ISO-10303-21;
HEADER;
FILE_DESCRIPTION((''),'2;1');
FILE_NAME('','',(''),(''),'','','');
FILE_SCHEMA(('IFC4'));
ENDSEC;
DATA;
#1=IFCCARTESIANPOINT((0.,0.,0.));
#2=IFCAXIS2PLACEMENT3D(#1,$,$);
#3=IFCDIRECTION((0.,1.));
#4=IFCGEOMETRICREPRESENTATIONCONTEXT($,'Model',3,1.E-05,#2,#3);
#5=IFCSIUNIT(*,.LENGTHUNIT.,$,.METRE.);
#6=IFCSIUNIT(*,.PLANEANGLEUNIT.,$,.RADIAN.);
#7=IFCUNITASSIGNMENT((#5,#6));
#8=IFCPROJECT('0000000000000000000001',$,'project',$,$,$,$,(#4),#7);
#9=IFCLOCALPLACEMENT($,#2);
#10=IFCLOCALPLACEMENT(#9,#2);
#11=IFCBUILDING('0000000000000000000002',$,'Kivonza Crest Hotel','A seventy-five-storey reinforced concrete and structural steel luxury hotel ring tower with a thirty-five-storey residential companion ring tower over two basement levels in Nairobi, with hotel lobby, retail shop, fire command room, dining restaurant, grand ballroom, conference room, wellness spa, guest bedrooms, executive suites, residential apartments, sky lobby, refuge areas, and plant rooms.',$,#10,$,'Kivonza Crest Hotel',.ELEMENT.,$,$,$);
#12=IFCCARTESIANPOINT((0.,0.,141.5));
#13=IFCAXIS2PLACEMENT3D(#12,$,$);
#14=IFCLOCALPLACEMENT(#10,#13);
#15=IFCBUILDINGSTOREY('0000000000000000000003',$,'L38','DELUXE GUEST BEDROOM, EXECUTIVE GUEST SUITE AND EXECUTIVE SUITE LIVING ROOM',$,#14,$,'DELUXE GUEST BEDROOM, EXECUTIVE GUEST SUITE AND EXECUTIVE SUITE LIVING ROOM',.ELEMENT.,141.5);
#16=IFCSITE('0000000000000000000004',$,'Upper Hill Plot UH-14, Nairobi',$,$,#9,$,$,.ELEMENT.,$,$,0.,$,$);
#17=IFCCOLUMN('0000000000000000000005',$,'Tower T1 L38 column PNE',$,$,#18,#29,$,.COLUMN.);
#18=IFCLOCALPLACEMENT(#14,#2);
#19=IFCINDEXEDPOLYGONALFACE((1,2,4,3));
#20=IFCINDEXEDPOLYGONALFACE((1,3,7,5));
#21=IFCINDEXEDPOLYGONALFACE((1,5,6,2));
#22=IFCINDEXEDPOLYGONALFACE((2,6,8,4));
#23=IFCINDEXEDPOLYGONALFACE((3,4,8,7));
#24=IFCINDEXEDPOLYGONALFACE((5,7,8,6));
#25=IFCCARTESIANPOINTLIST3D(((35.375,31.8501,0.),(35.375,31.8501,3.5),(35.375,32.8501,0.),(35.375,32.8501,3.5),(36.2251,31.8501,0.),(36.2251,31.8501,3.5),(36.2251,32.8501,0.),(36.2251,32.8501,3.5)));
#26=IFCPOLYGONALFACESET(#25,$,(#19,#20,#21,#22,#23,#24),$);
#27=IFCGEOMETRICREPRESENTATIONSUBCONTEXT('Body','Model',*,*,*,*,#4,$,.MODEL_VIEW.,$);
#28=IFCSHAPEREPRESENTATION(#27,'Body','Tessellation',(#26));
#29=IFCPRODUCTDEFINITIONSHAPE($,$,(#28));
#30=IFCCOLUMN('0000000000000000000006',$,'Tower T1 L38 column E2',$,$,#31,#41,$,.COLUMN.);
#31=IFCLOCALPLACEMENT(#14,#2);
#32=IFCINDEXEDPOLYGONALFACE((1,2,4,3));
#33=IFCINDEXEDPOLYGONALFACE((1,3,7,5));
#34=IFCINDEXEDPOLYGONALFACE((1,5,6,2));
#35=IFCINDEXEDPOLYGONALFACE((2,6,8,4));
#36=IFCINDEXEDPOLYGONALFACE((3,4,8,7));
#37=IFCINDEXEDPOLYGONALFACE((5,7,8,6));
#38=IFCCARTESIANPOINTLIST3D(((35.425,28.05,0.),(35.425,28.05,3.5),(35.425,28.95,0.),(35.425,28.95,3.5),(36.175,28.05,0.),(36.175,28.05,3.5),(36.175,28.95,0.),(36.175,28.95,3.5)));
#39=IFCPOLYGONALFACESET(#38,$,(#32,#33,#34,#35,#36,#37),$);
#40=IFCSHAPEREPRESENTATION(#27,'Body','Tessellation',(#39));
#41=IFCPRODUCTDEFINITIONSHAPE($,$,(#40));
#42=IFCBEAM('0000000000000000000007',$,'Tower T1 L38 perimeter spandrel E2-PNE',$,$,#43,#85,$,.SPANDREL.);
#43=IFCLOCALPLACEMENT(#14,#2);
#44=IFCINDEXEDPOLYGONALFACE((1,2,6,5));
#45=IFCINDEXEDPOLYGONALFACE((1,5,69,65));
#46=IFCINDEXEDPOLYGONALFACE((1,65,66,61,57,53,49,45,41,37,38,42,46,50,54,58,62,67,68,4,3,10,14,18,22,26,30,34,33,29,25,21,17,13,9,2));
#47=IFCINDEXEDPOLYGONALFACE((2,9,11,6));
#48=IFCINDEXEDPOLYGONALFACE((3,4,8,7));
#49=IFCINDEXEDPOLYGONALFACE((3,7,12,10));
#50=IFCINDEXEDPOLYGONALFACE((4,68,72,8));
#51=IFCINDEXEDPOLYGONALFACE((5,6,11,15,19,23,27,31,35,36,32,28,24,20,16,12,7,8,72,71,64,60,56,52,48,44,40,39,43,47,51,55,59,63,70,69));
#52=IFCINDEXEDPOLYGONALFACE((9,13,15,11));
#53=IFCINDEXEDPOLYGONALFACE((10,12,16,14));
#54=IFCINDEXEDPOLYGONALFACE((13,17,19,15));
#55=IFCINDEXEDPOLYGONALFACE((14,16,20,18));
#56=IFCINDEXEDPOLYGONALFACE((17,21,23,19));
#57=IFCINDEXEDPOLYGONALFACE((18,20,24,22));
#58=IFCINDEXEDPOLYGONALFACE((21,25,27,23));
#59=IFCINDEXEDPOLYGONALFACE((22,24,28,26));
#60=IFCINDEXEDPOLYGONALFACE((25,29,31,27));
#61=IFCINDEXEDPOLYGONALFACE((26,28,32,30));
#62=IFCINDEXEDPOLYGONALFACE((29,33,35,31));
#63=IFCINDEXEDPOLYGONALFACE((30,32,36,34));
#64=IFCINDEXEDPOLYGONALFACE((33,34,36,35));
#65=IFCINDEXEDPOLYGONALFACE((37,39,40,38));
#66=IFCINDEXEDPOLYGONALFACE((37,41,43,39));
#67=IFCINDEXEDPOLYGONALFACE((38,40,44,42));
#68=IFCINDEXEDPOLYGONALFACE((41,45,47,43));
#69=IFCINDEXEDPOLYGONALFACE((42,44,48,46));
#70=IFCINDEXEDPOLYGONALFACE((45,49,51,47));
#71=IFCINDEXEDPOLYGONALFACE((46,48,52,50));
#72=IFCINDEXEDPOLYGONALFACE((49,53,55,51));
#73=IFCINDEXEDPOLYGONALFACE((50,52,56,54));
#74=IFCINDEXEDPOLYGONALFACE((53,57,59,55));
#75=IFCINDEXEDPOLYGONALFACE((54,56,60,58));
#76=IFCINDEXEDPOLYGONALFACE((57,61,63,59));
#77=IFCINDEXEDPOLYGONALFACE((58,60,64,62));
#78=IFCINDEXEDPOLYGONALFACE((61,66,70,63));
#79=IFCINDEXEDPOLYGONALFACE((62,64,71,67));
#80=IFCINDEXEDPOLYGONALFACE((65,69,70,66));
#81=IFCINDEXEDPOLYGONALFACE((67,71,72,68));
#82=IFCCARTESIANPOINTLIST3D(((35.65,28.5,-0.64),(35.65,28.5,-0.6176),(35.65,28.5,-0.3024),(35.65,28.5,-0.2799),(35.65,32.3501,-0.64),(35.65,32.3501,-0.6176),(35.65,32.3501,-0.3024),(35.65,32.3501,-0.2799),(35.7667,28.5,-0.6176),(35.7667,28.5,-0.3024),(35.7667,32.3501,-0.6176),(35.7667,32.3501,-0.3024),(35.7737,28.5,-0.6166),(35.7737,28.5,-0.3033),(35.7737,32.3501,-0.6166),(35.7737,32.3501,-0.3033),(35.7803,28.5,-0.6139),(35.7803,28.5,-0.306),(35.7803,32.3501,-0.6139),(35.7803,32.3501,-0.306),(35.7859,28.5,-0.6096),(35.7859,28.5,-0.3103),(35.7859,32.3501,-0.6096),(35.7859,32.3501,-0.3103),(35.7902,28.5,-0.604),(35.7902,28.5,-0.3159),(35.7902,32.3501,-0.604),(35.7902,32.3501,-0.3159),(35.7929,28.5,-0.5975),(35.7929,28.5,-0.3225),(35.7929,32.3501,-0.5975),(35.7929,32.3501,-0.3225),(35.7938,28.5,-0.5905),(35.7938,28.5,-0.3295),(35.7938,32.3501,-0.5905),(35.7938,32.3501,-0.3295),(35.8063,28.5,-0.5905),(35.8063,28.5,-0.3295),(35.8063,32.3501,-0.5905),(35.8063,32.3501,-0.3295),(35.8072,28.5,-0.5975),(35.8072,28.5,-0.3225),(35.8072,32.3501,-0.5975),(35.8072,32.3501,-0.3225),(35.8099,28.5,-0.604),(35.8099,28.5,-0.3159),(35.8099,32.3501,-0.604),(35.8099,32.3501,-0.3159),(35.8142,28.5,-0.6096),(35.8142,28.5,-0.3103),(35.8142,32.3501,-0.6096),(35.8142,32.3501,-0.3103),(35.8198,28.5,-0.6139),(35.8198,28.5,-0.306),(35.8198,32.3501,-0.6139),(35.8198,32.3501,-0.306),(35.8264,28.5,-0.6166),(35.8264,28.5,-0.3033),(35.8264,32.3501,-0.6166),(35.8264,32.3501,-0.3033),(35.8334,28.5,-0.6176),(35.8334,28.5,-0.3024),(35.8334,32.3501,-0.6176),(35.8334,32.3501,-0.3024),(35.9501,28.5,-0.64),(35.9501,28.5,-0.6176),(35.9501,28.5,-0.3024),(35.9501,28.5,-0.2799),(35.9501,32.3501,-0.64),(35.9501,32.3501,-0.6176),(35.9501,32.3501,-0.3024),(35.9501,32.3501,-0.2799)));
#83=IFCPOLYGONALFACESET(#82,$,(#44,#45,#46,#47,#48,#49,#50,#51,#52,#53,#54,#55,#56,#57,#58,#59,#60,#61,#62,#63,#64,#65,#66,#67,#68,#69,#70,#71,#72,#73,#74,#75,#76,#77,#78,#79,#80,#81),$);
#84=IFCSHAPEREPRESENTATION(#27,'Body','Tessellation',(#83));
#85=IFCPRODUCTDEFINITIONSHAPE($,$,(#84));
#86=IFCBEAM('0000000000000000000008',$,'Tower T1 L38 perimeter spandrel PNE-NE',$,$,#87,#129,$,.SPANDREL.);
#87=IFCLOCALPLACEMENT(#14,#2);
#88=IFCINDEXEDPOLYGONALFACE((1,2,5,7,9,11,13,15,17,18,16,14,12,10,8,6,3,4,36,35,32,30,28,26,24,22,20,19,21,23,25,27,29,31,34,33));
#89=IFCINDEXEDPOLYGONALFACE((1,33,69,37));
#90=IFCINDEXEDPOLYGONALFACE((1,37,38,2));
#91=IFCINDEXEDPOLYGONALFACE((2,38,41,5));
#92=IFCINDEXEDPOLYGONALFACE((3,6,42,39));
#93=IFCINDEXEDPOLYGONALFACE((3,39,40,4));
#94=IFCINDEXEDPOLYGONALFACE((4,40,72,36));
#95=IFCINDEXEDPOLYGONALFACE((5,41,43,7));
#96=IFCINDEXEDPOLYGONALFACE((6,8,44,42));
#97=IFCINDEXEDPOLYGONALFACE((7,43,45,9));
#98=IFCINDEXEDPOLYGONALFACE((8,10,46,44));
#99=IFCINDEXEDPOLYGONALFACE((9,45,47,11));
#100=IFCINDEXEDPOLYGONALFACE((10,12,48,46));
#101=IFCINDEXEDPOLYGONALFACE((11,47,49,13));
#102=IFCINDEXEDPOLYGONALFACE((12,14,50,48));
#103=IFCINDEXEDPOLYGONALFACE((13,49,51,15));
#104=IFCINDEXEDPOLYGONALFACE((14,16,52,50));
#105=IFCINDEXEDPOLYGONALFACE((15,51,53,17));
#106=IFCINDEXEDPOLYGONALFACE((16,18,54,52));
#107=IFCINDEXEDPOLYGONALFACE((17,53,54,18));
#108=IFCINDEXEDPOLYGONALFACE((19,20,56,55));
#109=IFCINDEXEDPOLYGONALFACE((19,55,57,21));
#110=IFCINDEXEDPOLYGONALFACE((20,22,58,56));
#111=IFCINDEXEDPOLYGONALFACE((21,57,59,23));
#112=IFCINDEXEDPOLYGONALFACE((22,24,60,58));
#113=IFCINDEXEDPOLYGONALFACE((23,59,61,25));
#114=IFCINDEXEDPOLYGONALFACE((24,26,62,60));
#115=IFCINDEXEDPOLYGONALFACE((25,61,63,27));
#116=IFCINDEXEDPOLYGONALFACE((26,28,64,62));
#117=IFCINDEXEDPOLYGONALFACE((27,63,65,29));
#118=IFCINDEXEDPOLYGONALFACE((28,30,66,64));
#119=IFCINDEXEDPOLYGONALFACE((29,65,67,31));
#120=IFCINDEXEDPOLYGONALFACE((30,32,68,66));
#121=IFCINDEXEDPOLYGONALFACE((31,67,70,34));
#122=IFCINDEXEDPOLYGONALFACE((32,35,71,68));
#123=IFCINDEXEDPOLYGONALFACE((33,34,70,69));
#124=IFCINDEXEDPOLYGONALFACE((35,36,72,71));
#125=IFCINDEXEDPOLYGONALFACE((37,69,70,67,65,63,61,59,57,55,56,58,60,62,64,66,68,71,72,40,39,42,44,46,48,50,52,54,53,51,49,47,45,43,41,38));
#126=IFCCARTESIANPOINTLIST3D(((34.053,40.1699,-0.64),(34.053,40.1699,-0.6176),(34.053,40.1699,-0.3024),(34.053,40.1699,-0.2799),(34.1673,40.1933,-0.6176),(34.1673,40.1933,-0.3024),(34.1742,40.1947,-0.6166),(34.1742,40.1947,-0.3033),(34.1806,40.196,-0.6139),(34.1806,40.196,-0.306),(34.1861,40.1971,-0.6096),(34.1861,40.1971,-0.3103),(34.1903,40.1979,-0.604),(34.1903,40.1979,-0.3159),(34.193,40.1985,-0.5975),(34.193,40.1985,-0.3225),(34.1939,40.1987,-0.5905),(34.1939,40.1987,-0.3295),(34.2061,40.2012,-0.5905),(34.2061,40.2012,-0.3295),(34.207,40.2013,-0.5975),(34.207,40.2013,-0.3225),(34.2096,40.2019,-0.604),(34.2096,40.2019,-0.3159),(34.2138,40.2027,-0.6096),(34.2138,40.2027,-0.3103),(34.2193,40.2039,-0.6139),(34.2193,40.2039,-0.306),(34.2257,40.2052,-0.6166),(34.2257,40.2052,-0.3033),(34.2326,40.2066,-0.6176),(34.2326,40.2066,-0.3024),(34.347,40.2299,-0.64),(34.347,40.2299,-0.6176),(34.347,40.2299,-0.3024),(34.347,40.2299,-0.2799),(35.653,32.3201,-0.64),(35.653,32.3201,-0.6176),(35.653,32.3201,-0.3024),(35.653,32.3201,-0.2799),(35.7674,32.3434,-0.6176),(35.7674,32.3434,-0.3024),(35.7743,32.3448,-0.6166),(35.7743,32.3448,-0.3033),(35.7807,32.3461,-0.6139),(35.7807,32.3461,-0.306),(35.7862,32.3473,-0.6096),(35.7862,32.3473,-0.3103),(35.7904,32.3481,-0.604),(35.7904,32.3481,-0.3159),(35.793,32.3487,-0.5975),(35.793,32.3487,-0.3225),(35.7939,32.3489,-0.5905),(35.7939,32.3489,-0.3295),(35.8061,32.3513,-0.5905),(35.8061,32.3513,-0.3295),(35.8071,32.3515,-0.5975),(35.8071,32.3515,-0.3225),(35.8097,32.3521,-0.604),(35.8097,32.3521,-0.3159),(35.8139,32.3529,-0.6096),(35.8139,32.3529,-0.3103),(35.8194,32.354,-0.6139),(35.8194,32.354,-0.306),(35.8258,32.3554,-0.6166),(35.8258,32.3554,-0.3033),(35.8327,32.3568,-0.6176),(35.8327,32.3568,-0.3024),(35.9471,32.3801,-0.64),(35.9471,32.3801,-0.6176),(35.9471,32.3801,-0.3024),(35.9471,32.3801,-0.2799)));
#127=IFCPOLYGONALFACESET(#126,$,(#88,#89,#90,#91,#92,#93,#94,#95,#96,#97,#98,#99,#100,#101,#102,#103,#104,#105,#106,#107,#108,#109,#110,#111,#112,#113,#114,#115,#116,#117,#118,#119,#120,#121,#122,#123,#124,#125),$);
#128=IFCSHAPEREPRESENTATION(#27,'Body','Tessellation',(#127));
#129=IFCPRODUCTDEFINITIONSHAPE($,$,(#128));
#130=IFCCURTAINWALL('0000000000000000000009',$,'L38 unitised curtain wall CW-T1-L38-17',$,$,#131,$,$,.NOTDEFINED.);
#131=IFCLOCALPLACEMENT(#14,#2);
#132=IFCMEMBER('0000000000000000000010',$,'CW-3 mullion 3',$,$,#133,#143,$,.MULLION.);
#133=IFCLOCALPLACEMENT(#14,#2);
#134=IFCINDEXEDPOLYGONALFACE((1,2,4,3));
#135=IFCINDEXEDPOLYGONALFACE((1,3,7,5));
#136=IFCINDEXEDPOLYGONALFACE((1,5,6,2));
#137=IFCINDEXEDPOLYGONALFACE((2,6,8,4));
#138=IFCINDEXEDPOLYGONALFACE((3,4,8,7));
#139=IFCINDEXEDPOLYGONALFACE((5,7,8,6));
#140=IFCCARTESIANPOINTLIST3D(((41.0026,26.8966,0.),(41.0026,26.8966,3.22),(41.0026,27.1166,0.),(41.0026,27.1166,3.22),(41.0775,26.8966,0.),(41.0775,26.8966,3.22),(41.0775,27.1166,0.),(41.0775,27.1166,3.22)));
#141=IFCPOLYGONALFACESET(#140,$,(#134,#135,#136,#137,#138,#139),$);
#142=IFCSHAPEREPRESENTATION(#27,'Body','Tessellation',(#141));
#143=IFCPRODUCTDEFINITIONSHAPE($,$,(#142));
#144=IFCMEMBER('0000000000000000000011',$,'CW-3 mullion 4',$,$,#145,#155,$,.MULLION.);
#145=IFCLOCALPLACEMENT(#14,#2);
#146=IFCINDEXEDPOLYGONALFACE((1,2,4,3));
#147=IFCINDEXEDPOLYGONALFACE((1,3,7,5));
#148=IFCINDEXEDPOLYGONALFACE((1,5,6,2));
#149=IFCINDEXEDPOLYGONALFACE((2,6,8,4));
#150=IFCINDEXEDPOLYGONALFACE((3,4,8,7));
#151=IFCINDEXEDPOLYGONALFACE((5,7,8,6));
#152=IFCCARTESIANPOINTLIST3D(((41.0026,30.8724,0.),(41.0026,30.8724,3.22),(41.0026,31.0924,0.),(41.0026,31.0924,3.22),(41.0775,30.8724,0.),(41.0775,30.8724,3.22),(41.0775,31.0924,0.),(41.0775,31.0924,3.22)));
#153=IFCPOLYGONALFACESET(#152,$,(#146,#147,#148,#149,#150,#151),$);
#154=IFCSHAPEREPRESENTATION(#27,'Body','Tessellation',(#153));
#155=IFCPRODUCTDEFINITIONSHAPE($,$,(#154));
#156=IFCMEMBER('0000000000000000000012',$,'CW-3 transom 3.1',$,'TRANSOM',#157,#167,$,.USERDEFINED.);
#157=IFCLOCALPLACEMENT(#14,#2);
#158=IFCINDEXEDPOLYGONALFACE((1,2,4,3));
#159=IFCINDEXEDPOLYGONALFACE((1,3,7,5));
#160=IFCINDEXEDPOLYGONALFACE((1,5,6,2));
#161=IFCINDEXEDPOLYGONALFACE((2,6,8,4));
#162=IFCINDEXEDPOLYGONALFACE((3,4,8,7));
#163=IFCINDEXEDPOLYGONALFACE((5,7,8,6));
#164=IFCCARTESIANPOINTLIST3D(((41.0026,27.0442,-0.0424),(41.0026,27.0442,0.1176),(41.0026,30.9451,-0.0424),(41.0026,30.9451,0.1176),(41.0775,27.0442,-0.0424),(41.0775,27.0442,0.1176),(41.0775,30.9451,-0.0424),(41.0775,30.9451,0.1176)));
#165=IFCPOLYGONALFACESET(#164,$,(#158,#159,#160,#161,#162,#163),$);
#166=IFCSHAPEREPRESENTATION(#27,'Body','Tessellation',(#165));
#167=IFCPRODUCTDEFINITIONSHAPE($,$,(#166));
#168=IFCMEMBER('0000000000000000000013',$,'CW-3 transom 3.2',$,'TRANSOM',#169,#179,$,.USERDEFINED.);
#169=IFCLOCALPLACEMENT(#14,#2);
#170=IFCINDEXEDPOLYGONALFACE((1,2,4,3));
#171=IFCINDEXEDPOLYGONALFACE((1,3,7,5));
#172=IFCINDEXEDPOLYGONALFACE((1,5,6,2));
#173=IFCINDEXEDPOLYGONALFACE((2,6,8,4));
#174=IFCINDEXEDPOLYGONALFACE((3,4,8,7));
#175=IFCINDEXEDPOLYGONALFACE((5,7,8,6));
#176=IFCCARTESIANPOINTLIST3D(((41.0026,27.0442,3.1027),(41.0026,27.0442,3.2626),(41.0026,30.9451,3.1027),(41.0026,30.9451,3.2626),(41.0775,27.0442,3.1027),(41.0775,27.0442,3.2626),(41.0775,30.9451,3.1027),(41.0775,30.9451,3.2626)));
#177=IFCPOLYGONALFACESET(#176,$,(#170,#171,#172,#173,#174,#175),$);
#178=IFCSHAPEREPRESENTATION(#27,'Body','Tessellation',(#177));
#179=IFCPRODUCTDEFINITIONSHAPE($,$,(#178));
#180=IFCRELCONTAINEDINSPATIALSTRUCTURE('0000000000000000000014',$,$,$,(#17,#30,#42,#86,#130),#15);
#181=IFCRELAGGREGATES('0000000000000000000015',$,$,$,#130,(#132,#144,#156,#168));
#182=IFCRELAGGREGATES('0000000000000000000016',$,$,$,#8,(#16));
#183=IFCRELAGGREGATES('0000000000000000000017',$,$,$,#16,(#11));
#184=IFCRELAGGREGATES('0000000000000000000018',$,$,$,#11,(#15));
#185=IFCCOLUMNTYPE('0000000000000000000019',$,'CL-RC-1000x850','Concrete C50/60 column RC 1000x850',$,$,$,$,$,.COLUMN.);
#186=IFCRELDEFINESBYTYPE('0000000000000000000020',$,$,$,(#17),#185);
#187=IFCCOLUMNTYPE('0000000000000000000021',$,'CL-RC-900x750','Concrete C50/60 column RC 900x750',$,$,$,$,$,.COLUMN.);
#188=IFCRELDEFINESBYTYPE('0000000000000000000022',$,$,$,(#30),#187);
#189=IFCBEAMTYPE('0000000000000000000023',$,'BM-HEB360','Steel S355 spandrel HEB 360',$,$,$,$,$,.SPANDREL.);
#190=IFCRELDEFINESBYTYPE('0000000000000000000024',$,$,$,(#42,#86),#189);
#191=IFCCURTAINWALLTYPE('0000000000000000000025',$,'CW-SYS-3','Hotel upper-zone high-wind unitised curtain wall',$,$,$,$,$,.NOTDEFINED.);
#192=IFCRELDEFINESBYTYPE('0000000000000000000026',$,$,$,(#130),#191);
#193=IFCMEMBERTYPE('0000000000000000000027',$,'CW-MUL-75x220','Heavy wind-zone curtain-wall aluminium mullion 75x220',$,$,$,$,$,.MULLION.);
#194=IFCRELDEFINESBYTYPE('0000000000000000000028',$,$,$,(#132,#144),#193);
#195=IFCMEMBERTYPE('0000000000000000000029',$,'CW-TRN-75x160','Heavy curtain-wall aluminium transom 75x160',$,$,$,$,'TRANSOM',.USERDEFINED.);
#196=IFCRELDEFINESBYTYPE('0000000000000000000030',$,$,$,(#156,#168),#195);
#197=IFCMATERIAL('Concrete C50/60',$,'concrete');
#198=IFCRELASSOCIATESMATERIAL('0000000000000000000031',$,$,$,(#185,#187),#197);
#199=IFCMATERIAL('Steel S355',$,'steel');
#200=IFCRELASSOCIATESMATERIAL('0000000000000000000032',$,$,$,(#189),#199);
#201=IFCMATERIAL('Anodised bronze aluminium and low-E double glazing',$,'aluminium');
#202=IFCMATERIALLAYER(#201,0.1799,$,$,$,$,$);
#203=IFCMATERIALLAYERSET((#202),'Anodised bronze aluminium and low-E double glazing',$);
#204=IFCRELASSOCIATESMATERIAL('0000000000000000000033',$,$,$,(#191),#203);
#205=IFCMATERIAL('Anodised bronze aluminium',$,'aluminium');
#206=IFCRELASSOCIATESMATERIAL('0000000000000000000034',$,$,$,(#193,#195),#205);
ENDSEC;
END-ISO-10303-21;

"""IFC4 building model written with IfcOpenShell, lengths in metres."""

from ifc_helpers import new_model, si_unit, direction, frame, origin, origin_2d, place, context, subcontext, project, spatial, rectangle, i_section, extrude, material, layer, layer_set, material_profile, profile_set, type_object, element, aggregate, save


model = new_model("IFC4")

# Units and contexts
model_context = context("Model", 3, precision=1e-05, world=origin(), true_north=direction((0.0, 1.0)))
body_context = subcontext(model_context, "Body", "Model", "MODEL_VIEW")
ifc_project = project(units=[si_unit("LENGTHUNIT", "METRE"), si_unit("PLANEANGLEUNIT", "RADIAN")], contexts=[model_context])

# Site, building, storey
site_placement = place(None, origin())
site = spatial("IfcSite", under=ifc_project, at=site_placement, Name="Upper Hill Plot UH-14, Nairobi", CompositionType="ELEMENT", RefElevation=0.0)
building_placement = place(site_placement, origin())
building = spatial("IfcBuilding", under=site, at=building_placement, Name="Kivonza Crest Hotel", Description="A seventy-five-storey reinforced concrete and structural steel luxury hotel ring tower with a thirty-five-storey residential companion ring tower over two basement levels in Nairobi, with hotel lobby, retail shop, fire command room, dining restaurant, grand ballroom, conference room, wellness spa, guest bedrooms, executive suites, residential apartments, sky lobby, refuge areas, and plant rooms.", LongName="Kivonza Crest Hotel", CompositionType="ELEMENT")
storey_placement = place(building_placement, frame((0.0, 0.0, 141.5)))
storey = spatial("IfcBuildingStorey", under=building, at=storey_placement, Name="L38", Description="DELUXE GUEST BEDROOM, EXECUTIVE GUEST SUITE AND EXECUTIVE SUITE LIVING ROOM", LongName="DELUXE GUEST BEDROOM, EXECUTIVE GUEST SUITE AND EXECUTIVE SUITE LIVING ROOM", CompositionType="ELEMENT", Elevation=141.5)

# Columns
ifc_material_1 = material(Name="Concrete C50/60", Category="concrete")
ifc_material_profile_1 = material_profile(ifc_material_1, rectangle(XDim=0.8501, YDim=1.0, at=origin_2d()), Name="RC 1000x850")
ifc_profile_set_1 = profile_set([ifc_material_profile_1], Name="Concrete C50/60")
column_type_1 = type_object("IfcColumnType", Name="CL-RC-1000x850", Description="Concrete C50/60 column RC 1000x850", PredefinedType="COLUMN", material=ifc_profile_set_1)
column_1_placement = place(storey_placement, frame((35.8, 32.3501, 0.0), z_axis=(0.0, 0.0, 1.0), x_axis=(1.0, 0.0, 0.0)))
element("IfcColumn", 1, at=column_1_placement, inside=storey, type_object=column_type_1, Name="Tower T1 L38 column PNE", PredefinedType="COLUMN", context=body_context, shape_type="SweptSolid", body=[
    extrude(rectangle(XDim=0.8501, YDim=1.0, at=origin_2d()), origin(), (0.0, 0.0, 1.0), 3.5),
])
ifc_material_profile_2 = material_profile(ifc_material_1, rectangle(XDim=0.75, YDim=0.8999, at=origin_2d()), Name="RC 900x750")
ifc_profile_set_2 = profile_set([ifc_material_profile_2], Name="Concrete C50/60")
column_type_2 = type_object("IfcColumnType", Name="CL-RC-900x750", Description="Concrete C50/60 column RC 900x750", PredefinedType="COLUMN", material=ifc_profile_set_2)
column_2_placement = place(storey_placement, frame((35.8, 28.5, 0.0), z_axis=(0.0, 0.0, 1.0), x_axis=(1.0, 0.0, 0.0)))
element("IfcColumn", 2, at=column_2_placement, inside=storey, type_object=column_type_2, Name="Tower T1 L38 column E2", PredefinedType="COLUMN", context=body_context, shape_type="SweptSolid", body=[
    extrude(rectangle(XDim=0.75, YDim=0.8999, at=origin_2d()), origin(), (0.0, 0.0, 1.0), 3.5),
])

# Beams
ifc_material_2 = material(Name="Steel S355", Category="steel")
ifc_material_profile_3 = material_profile(ifc_material_2, i_section(OverallWidth=0.3, OverallDepth=0.3601, WebThickness=0.0125, FlangeThickness=0.0225, FilletRadius=0.0271, at=origin_2d()), Name="HEB 360")
ifc_profile_set_3 = profile_set([ifc_material_profile_3], Name="Steel S355")
beam_type = type_object("IfcBeamType", Name="BM-HEB360", Description="Steel S355 spandrel HEB 360", PredefinedType="SPANDREL", material=ifc_profile_set_3)
beam_1_placement = place(storey_placement, frame((35.8, 28.5, -0.46), z_axis=(0.0, 1.0, 0.0), x_axis=(-1.0, 0.0, 0.0)))
element("IfcBeam", 3, at=beam_1_placement, inside=storey, type_object=beam_type, Name="Tower T1 L38 perimeter spandrel E2-PNE", PredefinedType="SPANDREL", context=body_context, shape_type="SweptSolid", body=[
    extrude(i_section(OverallWidth=0.3, OverallDepth=0.3601, WebThickness=0.0125, FlangeThickness=0.0225, FilletRadius=0.0271, at=origin_2d()), origin(), (0.0, 0.0, 1.0), 3.8501),
])
beam_2_placement = place(storey_placement, frame((35.8, 32.3501, -0.46), z_axis=(-0.199731, 0.979851, 0.0), x_axis=(-0.979851, -0.199731, 0.0)))
element("IfcBeam", 4, at=beam_2_placement, inside=storey, type_object=beam_type, Name="Tower T1 L38 perimeter spandrel PNE-NE", PredefinedType="SPANDREL", context=body_context, shape_type="SweptSolid", body=[
    extrude(i_section(OverallWidth=0.3, OverallDepth=0.3601, WebThickness=0.0125, FlangeThickness=0.0225, FilletRadius=0.0271, at=origin_2d()), origin(), (0.0, 0.0, 1.0), 8.0112),
])

# Curtain wall, members
ifc_material_3 = material(Name="Anodised bronze aluminium and low-E double glazing", Category="aluminium")
ifc_layer_1 = layer(ifc_material_3, 0.1799)
ifc_layer_set_1 = layer_set([ifc_layer_1], Name="Anodised bronze aluminium and low-E double glazing")
curtain_wall_type = type_object("IfcCurtainWallType", Name="CW-SYS-3", Description="Hotel upper-zone high-wind unitised curtain wall", PredefinedType="NOTDEFINED", material=ifc_layer_set_1)
curtain_wall_placement = place(storey_placement, origin())
curtain_wall = element("IfcCurtainWall", 5, at=curtain_wall_placement, inside=storey, type_object=curtain_wall_type, Name="L38 unitised curtain wall CW-T1-L38-17", PredefinedType="NOTDEFINED")
ifc_material_4 = material(Name="Anodised bronze aluminium", Category="aluminium")
ifc_material_profile_4 = material_profile(ifc_material_4, rectangle(XDim=0.075, YDim=0.22, at=origin_2d()), Name="CW-M 75x220")
ifc_profile_set_4 = profile_set([ifc_material_profile_4], Name="Anodised bronze aluminium")
member_type_1 = type_object("IfcMemberType", Name="CW-MUL-75x220", Description="Heavy wind-zone curtain-wall aluminium mullion 75x220", PredefinedType="MULLION", material=ifc_profile_set_4)
member_1_placement = place(storey_placement, frame((41.04, 27.0066, 0.0), z_axis=(0.0, 0.0, 1.0), x_axis=(-1.0, 0.0, 0.0)))
member_1 = element("IfcMember", 6, at=member_1_placement, type_object=member_type_1, Name="CW-3 mullion 3", PredefinedType="MULLION", context=body_context, shape_type="SweptSolid", body=[
    extrude(rectangle(XDim=0.075, YDim=0.22, at=origin_2d()), origin(), (0.0, 0.0, 1.0), 3.22),
])
member_2_placement = place(storey_placement, frame((41.04, 30.9824, 0.0), z_axis=(0.0, 0.0, 1.0), x_axis=(-1.0, 0.0, 0.0)))
member_2 = element("IfcMember", 7, at=member_2_placement, type_object=member_type_1, Name="CW-3 mullion 4", PredefinedType="MULLION", context=body_context, shape_type="SweptSolid", body=[
    extrude(rectangle(XDim=0.075, YDim=0.22, at=origin_2d()), origin(), (0.0, 0.0, 1.0), 3.22),
])
ifc_material_profile_5 = material_profile(ifc_material_4, rectangle(XDim=0.075, YDim=0.1599, at=origin_2d()), Name="CW-T 75x160")
ifc_profile_set_5 = profile_set([ifc_material_profile_5], Name="Anodised bronze aluminium")
member_type_2 = type_object("IfcMemberType", Name="CW-TRN-75x160", Description="Heavy curtain-wall aluminium transom 75x160", ElementType="TRANSOM", PredefinedType="USERDEFINED", material=ifc_profile_set_5)
member_3_placement = place(storey_placement, frame((41.04, 27.0442, 0.0376), z_axis=(0.0, 1.0, 0.0), x_axis=(-1.0, 0.0, 0.0)))
member_3 = element("IfcMember", 8, at=member_3_placement, type_object=member_type_2, Name="CW-3 transom 3.1", ObjectType="TRANSOM", PredefinedType="USERDEFINED", context=body_context, shape_type="SweptSolid", body=[
    extrude(rectangle(XDim=0.075, YDim=0.1599, at=origin_2d()), origin(), (0.0, 0.0, 1.0), 3.9009),
])
member_4_placement = place(storey_placement, frame((41.04, 27.0442, 3.1826), z_axis=(0.0, 1.0, 0.0), x_axis=(-1.0, 0.0, 0.0)))
member_4 = element("IfcMember", 9, at=member_4_placement, type_object=member_type_2, Name="CW-3 transom 3.2", ObjectType="TRANSOM", PredefinedType="USERDEFINED", context=body_context, shape_type="SweptSolid", body=[
    extrude(rectangle(XDim=0.075, YDim=0.1599, at=origin_2d()), origin(), (0.0, 0.0, 1.0), 3.9009),
])
aggregate(curtain_wall, [member_1, member_2, member_3, member_4])

save(model, "model.ifc")
